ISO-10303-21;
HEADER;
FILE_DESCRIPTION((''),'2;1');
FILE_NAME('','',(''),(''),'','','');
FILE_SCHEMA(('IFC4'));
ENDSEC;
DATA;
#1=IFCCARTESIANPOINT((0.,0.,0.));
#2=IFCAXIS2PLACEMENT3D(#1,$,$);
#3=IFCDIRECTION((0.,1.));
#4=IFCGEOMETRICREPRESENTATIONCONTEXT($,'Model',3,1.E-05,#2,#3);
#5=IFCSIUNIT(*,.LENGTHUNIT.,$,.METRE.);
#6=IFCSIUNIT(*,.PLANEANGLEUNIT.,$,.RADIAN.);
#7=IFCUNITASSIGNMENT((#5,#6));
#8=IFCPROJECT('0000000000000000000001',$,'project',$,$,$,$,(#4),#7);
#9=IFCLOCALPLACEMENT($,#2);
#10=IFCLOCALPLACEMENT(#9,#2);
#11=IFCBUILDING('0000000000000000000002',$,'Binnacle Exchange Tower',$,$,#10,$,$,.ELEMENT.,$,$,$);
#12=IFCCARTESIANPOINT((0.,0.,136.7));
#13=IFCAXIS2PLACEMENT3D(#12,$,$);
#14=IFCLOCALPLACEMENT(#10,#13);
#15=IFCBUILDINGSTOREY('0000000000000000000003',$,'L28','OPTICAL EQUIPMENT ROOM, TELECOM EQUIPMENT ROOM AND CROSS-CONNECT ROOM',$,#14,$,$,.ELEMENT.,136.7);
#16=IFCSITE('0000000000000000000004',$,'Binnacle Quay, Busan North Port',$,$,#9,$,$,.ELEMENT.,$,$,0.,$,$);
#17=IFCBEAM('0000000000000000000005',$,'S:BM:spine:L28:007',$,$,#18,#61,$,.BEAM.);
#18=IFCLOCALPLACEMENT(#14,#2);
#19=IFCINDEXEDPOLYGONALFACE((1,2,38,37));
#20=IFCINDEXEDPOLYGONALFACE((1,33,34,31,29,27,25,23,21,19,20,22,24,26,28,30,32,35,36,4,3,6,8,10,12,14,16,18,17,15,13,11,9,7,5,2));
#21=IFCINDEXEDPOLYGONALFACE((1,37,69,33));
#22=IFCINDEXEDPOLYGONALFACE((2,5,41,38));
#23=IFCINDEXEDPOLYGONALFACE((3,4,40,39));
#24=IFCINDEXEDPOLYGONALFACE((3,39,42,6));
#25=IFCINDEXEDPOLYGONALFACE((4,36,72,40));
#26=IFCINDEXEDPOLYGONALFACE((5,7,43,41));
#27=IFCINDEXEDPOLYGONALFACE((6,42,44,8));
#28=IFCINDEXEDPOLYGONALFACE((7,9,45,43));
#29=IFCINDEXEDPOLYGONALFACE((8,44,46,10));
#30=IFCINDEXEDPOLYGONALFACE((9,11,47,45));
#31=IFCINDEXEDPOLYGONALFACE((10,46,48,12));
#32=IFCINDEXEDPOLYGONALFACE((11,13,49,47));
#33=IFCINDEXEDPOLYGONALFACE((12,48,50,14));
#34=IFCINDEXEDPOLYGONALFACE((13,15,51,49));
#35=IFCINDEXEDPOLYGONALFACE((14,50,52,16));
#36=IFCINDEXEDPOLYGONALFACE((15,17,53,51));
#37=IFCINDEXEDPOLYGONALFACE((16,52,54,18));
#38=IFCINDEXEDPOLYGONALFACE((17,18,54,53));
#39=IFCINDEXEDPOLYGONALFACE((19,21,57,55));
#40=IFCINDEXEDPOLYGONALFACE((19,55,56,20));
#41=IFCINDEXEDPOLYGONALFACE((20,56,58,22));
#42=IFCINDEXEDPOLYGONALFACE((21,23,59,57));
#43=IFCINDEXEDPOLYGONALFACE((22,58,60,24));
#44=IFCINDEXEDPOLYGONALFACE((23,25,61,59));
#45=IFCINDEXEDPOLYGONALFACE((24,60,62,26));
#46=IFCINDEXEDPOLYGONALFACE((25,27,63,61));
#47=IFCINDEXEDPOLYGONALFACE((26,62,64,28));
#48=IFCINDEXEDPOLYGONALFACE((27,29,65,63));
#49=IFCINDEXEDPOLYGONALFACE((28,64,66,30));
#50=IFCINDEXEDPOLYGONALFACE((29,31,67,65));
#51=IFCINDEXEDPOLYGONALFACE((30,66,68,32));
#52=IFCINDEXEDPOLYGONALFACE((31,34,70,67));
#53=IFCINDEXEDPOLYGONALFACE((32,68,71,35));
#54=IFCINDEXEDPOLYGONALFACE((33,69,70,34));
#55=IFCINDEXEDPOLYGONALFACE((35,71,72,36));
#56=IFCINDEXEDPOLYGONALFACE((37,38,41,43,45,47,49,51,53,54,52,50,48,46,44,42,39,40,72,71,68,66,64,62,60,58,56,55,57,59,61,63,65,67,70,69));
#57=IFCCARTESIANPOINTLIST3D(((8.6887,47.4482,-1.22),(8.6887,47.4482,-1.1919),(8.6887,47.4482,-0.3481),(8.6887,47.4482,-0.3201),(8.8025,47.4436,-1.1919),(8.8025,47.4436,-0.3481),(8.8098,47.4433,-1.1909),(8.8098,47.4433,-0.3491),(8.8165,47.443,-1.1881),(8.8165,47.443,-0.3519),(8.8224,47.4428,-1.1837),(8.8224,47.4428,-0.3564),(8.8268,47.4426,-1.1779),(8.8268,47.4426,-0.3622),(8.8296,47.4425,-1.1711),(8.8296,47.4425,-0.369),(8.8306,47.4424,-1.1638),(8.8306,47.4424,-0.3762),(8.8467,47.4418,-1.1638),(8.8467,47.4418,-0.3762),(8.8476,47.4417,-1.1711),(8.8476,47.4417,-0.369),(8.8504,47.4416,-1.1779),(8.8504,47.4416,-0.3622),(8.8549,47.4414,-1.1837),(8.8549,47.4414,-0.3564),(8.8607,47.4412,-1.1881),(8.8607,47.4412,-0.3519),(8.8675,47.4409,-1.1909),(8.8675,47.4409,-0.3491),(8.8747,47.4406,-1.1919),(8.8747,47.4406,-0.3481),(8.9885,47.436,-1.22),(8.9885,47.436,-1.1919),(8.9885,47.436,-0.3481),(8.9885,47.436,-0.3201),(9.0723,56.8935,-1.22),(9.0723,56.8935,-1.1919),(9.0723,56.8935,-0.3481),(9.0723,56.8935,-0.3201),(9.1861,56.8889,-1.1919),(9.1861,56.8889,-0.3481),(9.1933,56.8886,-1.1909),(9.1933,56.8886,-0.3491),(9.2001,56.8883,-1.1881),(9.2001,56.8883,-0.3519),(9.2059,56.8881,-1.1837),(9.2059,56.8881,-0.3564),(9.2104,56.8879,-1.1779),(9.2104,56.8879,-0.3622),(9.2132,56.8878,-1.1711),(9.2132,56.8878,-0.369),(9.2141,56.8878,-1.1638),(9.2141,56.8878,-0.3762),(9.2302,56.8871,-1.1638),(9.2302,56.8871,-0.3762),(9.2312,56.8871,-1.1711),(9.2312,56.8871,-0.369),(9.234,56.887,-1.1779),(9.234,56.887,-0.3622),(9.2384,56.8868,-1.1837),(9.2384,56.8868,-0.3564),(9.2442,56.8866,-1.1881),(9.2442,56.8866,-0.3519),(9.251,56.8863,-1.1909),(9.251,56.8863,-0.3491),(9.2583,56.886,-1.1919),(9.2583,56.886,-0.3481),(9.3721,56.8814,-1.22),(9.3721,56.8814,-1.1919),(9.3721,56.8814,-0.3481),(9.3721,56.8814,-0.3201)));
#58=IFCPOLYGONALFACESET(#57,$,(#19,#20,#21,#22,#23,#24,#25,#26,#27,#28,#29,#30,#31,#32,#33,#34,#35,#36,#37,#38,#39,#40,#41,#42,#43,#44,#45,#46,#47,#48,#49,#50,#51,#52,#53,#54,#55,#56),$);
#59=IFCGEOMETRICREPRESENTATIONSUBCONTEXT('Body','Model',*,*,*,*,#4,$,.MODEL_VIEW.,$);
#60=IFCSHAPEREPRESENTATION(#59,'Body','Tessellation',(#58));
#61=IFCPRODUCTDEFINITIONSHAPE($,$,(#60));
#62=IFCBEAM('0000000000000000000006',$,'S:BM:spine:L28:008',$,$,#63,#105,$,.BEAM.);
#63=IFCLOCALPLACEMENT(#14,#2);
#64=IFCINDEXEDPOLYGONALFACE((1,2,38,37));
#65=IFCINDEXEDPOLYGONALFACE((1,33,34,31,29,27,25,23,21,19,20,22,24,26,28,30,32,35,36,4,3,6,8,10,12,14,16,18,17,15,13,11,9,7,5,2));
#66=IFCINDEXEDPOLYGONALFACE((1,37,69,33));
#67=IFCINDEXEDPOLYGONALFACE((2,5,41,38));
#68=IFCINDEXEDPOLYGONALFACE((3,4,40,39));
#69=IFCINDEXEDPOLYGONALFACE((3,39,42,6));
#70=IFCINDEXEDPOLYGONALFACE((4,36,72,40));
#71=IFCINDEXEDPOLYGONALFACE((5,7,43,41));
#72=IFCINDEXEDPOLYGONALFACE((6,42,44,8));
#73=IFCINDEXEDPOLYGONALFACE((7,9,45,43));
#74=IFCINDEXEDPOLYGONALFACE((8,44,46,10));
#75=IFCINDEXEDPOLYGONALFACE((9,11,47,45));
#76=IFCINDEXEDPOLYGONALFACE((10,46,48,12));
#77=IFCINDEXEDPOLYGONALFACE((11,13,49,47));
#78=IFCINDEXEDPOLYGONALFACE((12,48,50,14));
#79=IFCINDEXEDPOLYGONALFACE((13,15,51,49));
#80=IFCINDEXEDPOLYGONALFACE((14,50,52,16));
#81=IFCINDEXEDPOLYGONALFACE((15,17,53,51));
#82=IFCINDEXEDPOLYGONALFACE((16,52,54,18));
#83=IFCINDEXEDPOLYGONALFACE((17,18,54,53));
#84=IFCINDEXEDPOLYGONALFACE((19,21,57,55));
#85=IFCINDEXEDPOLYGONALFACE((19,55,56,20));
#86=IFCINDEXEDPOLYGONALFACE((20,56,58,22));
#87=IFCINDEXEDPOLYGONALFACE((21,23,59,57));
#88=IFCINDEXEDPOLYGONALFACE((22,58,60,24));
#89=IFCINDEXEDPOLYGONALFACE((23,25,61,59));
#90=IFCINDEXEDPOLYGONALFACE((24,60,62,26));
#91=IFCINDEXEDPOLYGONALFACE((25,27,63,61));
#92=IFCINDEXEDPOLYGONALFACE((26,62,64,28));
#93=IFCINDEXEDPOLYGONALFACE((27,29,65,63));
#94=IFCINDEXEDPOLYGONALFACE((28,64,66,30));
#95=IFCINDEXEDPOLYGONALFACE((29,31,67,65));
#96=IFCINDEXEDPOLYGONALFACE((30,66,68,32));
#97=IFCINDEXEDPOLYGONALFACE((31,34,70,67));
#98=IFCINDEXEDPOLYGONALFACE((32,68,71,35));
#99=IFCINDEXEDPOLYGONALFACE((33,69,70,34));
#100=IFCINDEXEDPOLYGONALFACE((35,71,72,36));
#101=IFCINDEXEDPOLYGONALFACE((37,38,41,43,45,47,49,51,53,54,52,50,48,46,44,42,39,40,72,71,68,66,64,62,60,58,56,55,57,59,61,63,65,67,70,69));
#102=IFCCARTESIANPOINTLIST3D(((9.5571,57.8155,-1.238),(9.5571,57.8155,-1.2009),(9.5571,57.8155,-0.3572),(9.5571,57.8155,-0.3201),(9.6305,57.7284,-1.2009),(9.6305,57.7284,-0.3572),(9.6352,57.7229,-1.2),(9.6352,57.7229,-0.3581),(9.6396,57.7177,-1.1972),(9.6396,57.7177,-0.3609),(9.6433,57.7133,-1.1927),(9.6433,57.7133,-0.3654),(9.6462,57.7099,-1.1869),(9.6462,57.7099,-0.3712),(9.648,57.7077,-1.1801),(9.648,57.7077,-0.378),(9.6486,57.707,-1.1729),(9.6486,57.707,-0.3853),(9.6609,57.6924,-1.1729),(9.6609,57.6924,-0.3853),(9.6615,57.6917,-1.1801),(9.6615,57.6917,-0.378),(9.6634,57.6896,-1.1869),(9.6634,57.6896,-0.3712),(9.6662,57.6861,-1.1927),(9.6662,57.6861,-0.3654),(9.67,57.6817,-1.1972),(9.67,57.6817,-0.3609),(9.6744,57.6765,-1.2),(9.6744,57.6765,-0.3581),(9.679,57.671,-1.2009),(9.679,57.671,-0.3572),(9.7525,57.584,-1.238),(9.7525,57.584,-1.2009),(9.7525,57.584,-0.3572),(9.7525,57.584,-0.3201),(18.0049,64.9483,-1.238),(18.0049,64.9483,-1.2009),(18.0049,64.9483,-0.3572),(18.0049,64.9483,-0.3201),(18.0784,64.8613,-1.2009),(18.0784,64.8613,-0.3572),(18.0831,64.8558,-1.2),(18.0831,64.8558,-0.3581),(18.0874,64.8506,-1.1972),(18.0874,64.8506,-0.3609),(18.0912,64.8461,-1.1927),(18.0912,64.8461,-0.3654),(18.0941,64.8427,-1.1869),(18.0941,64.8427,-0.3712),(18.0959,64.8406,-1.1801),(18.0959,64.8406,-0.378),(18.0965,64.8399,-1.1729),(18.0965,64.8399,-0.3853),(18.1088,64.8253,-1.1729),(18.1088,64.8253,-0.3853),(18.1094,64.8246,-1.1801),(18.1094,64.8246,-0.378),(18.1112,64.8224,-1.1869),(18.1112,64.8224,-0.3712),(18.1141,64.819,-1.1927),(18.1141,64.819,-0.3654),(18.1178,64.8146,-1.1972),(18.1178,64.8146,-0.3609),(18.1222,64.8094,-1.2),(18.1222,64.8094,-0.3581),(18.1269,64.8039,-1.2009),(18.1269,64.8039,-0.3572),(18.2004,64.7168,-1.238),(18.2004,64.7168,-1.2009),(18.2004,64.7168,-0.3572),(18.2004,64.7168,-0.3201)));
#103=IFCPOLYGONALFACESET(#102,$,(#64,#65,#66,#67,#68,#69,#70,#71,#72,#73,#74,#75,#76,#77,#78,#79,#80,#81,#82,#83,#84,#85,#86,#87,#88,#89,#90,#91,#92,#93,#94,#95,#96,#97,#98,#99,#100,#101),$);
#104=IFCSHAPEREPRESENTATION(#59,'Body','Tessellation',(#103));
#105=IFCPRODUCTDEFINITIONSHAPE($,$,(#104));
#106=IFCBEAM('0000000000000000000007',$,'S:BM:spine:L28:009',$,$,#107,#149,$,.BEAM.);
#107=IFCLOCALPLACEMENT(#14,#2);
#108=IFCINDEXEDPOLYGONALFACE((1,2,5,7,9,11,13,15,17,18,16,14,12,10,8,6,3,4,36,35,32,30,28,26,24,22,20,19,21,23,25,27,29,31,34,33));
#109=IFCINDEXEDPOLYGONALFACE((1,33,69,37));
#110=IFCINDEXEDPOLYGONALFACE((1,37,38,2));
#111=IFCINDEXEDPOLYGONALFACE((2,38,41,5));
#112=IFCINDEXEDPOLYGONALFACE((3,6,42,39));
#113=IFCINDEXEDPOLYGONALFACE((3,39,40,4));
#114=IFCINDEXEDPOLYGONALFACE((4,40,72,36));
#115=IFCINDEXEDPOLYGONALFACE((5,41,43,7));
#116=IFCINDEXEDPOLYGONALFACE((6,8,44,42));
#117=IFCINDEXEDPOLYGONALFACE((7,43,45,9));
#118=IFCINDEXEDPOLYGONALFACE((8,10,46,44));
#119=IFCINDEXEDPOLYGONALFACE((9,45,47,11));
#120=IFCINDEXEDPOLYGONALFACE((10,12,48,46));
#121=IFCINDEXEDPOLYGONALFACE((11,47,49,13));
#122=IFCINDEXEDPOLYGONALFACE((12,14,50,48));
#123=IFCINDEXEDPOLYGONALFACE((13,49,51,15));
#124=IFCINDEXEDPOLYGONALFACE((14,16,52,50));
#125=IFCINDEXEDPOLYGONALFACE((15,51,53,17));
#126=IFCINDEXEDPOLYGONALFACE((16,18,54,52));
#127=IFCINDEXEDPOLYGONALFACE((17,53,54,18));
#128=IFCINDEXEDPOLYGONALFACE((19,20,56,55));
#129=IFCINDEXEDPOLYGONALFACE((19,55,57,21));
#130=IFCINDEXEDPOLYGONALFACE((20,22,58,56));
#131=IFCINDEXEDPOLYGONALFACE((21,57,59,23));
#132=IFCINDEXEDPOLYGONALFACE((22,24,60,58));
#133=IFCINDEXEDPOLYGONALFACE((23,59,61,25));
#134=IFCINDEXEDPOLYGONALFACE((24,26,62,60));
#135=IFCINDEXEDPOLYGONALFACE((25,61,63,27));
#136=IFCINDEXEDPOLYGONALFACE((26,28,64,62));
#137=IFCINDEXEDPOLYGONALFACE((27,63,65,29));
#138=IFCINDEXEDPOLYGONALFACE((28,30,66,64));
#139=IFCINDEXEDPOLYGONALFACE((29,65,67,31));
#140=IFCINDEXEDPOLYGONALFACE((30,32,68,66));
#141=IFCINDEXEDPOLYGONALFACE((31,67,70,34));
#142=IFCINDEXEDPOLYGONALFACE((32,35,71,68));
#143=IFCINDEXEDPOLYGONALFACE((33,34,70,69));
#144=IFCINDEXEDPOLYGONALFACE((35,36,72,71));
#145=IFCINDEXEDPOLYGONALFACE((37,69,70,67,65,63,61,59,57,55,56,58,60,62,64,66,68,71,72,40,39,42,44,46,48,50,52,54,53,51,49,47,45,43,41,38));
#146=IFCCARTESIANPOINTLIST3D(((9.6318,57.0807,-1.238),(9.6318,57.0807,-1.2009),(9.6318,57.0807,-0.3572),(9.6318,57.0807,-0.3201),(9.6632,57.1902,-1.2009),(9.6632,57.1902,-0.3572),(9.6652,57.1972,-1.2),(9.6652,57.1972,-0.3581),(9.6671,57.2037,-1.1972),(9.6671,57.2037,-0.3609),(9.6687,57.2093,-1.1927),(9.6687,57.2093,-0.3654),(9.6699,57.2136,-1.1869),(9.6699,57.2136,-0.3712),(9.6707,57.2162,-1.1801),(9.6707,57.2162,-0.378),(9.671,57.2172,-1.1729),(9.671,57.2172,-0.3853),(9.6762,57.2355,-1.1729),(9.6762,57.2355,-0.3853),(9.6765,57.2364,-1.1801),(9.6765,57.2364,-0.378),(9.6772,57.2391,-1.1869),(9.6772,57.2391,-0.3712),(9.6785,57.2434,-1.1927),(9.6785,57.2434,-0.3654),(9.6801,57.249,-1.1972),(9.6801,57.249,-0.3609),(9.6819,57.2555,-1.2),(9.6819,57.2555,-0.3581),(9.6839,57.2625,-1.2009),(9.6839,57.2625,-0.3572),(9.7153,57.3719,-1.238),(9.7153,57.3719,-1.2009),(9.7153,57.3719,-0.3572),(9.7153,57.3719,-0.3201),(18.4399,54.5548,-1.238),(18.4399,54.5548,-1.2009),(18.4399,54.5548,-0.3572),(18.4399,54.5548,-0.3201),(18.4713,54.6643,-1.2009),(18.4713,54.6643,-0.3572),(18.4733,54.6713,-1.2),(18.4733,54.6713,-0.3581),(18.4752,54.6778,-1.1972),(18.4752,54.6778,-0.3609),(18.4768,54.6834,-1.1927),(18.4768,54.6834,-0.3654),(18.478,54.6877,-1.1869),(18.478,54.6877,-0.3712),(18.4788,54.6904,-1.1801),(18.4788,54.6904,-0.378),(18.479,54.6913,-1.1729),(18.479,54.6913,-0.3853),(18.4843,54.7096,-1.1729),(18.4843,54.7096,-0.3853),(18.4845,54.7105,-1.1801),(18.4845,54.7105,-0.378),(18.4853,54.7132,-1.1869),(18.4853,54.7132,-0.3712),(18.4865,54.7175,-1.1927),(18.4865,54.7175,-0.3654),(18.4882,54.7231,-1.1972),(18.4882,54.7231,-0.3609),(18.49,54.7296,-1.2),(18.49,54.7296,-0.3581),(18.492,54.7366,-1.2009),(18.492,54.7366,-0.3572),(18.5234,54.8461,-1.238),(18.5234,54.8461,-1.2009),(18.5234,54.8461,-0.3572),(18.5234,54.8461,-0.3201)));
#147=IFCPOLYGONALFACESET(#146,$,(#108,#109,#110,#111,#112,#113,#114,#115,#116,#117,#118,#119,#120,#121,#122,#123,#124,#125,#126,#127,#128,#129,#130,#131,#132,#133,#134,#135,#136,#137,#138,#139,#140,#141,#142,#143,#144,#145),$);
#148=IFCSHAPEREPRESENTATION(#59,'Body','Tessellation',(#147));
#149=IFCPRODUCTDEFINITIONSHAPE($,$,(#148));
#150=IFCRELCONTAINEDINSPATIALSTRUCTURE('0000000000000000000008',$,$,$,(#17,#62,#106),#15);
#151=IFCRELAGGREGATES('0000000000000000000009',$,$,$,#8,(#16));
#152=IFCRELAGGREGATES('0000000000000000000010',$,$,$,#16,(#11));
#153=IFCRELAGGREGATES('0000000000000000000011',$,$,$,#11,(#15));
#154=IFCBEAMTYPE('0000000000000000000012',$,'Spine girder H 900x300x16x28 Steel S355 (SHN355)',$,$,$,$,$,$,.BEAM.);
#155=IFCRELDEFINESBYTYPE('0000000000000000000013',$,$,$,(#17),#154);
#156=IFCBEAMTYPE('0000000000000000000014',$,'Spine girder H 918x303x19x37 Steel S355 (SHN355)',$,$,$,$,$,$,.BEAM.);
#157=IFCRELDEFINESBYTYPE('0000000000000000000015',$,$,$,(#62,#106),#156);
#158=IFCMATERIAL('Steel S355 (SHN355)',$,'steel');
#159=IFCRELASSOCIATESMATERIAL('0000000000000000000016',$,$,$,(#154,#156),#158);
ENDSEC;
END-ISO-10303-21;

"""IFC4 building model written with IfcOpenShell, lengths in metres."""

from ifc_helpers import new_model, si_unit, direction, frame, origin, origin_2d, place, context, subcontext, project, spatial, i_section, extrude, material, material_profile, profile_set, type_object, element, save


model = new_model("IFC4")

# Units and contexts
model_context = context("Model", 3, precision=1e-05, world=origin(), true_north=direction((0.0, 1.0)))
body_context = subcontext(model_context, "Body", "Model", "MODEL_VIEW")
ifc_project = project(units=[si_unit("LENGTHUNIT", "METRE"), si_unit("PLANEANGLEUNIT", "RADIAN")], contexts=[model_context])

# Site, building, storey
site_placement = place(None, origin())
site = spatial("IfcSite", under=ifc_project, at=site_placement, Name="Binnacle Quay, Busan North Port", CompositionType="ELEMENT", RefElevation=0.0)
building_placement = place(site_placement, origin())
building = spatial("IfcBuilding", under=site, at=building_placement, Name="Binnacle Exchange Tower", CompositionType="ELEMENT")
storey_placement = place(building_placement, frame((0.0, 0.0, 136.7)))
storey = spatial("IfcBuildingStorey", under=building, at=storey_placement, Name="L28", Description="OPTICAL EQUIPMENT ROOM, TELECOM EQUIPMENT ROOM AND CROSS-CONNECT ROOM", CompositionType="ELEMENT", Elevation=136.7)

# Beams
ifc_material_1 = material(Name="Steel S355 (SHN355)", Category="steel")
ifc_material_profile_1 = material_profile(ifc_material_1, i_section(OverallWidth=0.3, OverallDepth=0.8999, WebThickness=0.0161, FlangeThickness=0.0281, FilletRadius=0.0281, at=origin_2d()), Name="H 900x300x16x28")
ifc_profile_set_1 = profile_set([ifc_material_profile_1], Name="Steel S355 (SHN355)")
beam_type_1 = type_object("IfcBeamType", Name="Spine girder H 900x300x16x28 Steel S355 (SHN355)", PredefinedType="BEAM", material=ifc_profile_set_1)
beam_1_placement = place(storey_placement, frame((9.2222, 56.8875, -0.77), z_axis=(-0.040573, -0.999177, 0.0), x_axis=(0.999177, -0.040573, 0.0)))
element("IfcBeam", 1, at=beam_1_placement, inside=storey, type_object=beam_type_1, Name="S:BM:spine:L28:007", PredefinedType="BEAM", context=body_context, shape_type="SweptSolid", body=[
    extrude(i_section(OverallWidth=0.3, OverallDepth=0.8999, WebThickness=0.0161, FlangeThickness=0.0281, FilletRadius=0.0281, at=origin_2d()), origin(), (0.0, 0.0, 1.0), 9.4531),
])
ifc_material_profile_2 = material_profile(ifc_material_1, i_section(OverallWidth=0.303, OverallDepth=0.918, WebThickness=0.019, FlangeThickness=0.0371, FilletRadius=0.0281, at=origin_2d()), Name="H 918x303x19x37")
ifc_profile_set_2 = profile_set([ifc_material_profile_2], Name="Steel S355 (SHN355)")
beam_type_2 = type_object("IfcBeamType", Name="Spine girder H 918x303x19x37 Steel S355 (SHN355)", PredefinedType="BEAM", material=ifc_profile_set_2)
beam_2_placement = place(storey_placement, frame((9.6548, 57.6997, -0.7791), z_axis=(0.764068, 0.645136, 0.0), x_axis=(-0.645136, 0.764068, 0.0)))
element("IfcBeam", 2, at=beam_2_placement, inside=storey, type_object=beam_type_2, Name="S:BM:spine:L28:008", PredefinedType="BEAM", context=body_context, shape_type="SweptSolid", body=[
    extrude(i_section(OverallWidth=0.303, OverallDepth=0.918, WebThickness=0.019, FlangeThickness=0.0371, FilletRadius=0.0281, at=origin_2d()), origin(), (0.0, 0.0, 1.0), 11.0564),
])
beam_3_placement = place(storey_placement, frame((9.6736, 57.2263, -0.7791), z_axis=(0.961256, -0.275657, 0.0), x_axis=(0.275657, 0.961256, 0.0)))
element("IfcBeam", 3, at=beam_3_placement, inside=storey, type_object=beam_type_2, Name="S:BM:spine:L28:009", PredefinedType="BEAM", context=body_context, shape_type="SweptSolid", body=[
    extrude(i_section(OverallWidth=0.303, OverallDepth=0.918, WebThickness=0.019, FlangeThickness=0.0371, FilletRadius=0.0281, at=origin_2d()), origin(), (0.0, 0.0, 1.0), 9.1631),
])

save(model, "model.ifc")
